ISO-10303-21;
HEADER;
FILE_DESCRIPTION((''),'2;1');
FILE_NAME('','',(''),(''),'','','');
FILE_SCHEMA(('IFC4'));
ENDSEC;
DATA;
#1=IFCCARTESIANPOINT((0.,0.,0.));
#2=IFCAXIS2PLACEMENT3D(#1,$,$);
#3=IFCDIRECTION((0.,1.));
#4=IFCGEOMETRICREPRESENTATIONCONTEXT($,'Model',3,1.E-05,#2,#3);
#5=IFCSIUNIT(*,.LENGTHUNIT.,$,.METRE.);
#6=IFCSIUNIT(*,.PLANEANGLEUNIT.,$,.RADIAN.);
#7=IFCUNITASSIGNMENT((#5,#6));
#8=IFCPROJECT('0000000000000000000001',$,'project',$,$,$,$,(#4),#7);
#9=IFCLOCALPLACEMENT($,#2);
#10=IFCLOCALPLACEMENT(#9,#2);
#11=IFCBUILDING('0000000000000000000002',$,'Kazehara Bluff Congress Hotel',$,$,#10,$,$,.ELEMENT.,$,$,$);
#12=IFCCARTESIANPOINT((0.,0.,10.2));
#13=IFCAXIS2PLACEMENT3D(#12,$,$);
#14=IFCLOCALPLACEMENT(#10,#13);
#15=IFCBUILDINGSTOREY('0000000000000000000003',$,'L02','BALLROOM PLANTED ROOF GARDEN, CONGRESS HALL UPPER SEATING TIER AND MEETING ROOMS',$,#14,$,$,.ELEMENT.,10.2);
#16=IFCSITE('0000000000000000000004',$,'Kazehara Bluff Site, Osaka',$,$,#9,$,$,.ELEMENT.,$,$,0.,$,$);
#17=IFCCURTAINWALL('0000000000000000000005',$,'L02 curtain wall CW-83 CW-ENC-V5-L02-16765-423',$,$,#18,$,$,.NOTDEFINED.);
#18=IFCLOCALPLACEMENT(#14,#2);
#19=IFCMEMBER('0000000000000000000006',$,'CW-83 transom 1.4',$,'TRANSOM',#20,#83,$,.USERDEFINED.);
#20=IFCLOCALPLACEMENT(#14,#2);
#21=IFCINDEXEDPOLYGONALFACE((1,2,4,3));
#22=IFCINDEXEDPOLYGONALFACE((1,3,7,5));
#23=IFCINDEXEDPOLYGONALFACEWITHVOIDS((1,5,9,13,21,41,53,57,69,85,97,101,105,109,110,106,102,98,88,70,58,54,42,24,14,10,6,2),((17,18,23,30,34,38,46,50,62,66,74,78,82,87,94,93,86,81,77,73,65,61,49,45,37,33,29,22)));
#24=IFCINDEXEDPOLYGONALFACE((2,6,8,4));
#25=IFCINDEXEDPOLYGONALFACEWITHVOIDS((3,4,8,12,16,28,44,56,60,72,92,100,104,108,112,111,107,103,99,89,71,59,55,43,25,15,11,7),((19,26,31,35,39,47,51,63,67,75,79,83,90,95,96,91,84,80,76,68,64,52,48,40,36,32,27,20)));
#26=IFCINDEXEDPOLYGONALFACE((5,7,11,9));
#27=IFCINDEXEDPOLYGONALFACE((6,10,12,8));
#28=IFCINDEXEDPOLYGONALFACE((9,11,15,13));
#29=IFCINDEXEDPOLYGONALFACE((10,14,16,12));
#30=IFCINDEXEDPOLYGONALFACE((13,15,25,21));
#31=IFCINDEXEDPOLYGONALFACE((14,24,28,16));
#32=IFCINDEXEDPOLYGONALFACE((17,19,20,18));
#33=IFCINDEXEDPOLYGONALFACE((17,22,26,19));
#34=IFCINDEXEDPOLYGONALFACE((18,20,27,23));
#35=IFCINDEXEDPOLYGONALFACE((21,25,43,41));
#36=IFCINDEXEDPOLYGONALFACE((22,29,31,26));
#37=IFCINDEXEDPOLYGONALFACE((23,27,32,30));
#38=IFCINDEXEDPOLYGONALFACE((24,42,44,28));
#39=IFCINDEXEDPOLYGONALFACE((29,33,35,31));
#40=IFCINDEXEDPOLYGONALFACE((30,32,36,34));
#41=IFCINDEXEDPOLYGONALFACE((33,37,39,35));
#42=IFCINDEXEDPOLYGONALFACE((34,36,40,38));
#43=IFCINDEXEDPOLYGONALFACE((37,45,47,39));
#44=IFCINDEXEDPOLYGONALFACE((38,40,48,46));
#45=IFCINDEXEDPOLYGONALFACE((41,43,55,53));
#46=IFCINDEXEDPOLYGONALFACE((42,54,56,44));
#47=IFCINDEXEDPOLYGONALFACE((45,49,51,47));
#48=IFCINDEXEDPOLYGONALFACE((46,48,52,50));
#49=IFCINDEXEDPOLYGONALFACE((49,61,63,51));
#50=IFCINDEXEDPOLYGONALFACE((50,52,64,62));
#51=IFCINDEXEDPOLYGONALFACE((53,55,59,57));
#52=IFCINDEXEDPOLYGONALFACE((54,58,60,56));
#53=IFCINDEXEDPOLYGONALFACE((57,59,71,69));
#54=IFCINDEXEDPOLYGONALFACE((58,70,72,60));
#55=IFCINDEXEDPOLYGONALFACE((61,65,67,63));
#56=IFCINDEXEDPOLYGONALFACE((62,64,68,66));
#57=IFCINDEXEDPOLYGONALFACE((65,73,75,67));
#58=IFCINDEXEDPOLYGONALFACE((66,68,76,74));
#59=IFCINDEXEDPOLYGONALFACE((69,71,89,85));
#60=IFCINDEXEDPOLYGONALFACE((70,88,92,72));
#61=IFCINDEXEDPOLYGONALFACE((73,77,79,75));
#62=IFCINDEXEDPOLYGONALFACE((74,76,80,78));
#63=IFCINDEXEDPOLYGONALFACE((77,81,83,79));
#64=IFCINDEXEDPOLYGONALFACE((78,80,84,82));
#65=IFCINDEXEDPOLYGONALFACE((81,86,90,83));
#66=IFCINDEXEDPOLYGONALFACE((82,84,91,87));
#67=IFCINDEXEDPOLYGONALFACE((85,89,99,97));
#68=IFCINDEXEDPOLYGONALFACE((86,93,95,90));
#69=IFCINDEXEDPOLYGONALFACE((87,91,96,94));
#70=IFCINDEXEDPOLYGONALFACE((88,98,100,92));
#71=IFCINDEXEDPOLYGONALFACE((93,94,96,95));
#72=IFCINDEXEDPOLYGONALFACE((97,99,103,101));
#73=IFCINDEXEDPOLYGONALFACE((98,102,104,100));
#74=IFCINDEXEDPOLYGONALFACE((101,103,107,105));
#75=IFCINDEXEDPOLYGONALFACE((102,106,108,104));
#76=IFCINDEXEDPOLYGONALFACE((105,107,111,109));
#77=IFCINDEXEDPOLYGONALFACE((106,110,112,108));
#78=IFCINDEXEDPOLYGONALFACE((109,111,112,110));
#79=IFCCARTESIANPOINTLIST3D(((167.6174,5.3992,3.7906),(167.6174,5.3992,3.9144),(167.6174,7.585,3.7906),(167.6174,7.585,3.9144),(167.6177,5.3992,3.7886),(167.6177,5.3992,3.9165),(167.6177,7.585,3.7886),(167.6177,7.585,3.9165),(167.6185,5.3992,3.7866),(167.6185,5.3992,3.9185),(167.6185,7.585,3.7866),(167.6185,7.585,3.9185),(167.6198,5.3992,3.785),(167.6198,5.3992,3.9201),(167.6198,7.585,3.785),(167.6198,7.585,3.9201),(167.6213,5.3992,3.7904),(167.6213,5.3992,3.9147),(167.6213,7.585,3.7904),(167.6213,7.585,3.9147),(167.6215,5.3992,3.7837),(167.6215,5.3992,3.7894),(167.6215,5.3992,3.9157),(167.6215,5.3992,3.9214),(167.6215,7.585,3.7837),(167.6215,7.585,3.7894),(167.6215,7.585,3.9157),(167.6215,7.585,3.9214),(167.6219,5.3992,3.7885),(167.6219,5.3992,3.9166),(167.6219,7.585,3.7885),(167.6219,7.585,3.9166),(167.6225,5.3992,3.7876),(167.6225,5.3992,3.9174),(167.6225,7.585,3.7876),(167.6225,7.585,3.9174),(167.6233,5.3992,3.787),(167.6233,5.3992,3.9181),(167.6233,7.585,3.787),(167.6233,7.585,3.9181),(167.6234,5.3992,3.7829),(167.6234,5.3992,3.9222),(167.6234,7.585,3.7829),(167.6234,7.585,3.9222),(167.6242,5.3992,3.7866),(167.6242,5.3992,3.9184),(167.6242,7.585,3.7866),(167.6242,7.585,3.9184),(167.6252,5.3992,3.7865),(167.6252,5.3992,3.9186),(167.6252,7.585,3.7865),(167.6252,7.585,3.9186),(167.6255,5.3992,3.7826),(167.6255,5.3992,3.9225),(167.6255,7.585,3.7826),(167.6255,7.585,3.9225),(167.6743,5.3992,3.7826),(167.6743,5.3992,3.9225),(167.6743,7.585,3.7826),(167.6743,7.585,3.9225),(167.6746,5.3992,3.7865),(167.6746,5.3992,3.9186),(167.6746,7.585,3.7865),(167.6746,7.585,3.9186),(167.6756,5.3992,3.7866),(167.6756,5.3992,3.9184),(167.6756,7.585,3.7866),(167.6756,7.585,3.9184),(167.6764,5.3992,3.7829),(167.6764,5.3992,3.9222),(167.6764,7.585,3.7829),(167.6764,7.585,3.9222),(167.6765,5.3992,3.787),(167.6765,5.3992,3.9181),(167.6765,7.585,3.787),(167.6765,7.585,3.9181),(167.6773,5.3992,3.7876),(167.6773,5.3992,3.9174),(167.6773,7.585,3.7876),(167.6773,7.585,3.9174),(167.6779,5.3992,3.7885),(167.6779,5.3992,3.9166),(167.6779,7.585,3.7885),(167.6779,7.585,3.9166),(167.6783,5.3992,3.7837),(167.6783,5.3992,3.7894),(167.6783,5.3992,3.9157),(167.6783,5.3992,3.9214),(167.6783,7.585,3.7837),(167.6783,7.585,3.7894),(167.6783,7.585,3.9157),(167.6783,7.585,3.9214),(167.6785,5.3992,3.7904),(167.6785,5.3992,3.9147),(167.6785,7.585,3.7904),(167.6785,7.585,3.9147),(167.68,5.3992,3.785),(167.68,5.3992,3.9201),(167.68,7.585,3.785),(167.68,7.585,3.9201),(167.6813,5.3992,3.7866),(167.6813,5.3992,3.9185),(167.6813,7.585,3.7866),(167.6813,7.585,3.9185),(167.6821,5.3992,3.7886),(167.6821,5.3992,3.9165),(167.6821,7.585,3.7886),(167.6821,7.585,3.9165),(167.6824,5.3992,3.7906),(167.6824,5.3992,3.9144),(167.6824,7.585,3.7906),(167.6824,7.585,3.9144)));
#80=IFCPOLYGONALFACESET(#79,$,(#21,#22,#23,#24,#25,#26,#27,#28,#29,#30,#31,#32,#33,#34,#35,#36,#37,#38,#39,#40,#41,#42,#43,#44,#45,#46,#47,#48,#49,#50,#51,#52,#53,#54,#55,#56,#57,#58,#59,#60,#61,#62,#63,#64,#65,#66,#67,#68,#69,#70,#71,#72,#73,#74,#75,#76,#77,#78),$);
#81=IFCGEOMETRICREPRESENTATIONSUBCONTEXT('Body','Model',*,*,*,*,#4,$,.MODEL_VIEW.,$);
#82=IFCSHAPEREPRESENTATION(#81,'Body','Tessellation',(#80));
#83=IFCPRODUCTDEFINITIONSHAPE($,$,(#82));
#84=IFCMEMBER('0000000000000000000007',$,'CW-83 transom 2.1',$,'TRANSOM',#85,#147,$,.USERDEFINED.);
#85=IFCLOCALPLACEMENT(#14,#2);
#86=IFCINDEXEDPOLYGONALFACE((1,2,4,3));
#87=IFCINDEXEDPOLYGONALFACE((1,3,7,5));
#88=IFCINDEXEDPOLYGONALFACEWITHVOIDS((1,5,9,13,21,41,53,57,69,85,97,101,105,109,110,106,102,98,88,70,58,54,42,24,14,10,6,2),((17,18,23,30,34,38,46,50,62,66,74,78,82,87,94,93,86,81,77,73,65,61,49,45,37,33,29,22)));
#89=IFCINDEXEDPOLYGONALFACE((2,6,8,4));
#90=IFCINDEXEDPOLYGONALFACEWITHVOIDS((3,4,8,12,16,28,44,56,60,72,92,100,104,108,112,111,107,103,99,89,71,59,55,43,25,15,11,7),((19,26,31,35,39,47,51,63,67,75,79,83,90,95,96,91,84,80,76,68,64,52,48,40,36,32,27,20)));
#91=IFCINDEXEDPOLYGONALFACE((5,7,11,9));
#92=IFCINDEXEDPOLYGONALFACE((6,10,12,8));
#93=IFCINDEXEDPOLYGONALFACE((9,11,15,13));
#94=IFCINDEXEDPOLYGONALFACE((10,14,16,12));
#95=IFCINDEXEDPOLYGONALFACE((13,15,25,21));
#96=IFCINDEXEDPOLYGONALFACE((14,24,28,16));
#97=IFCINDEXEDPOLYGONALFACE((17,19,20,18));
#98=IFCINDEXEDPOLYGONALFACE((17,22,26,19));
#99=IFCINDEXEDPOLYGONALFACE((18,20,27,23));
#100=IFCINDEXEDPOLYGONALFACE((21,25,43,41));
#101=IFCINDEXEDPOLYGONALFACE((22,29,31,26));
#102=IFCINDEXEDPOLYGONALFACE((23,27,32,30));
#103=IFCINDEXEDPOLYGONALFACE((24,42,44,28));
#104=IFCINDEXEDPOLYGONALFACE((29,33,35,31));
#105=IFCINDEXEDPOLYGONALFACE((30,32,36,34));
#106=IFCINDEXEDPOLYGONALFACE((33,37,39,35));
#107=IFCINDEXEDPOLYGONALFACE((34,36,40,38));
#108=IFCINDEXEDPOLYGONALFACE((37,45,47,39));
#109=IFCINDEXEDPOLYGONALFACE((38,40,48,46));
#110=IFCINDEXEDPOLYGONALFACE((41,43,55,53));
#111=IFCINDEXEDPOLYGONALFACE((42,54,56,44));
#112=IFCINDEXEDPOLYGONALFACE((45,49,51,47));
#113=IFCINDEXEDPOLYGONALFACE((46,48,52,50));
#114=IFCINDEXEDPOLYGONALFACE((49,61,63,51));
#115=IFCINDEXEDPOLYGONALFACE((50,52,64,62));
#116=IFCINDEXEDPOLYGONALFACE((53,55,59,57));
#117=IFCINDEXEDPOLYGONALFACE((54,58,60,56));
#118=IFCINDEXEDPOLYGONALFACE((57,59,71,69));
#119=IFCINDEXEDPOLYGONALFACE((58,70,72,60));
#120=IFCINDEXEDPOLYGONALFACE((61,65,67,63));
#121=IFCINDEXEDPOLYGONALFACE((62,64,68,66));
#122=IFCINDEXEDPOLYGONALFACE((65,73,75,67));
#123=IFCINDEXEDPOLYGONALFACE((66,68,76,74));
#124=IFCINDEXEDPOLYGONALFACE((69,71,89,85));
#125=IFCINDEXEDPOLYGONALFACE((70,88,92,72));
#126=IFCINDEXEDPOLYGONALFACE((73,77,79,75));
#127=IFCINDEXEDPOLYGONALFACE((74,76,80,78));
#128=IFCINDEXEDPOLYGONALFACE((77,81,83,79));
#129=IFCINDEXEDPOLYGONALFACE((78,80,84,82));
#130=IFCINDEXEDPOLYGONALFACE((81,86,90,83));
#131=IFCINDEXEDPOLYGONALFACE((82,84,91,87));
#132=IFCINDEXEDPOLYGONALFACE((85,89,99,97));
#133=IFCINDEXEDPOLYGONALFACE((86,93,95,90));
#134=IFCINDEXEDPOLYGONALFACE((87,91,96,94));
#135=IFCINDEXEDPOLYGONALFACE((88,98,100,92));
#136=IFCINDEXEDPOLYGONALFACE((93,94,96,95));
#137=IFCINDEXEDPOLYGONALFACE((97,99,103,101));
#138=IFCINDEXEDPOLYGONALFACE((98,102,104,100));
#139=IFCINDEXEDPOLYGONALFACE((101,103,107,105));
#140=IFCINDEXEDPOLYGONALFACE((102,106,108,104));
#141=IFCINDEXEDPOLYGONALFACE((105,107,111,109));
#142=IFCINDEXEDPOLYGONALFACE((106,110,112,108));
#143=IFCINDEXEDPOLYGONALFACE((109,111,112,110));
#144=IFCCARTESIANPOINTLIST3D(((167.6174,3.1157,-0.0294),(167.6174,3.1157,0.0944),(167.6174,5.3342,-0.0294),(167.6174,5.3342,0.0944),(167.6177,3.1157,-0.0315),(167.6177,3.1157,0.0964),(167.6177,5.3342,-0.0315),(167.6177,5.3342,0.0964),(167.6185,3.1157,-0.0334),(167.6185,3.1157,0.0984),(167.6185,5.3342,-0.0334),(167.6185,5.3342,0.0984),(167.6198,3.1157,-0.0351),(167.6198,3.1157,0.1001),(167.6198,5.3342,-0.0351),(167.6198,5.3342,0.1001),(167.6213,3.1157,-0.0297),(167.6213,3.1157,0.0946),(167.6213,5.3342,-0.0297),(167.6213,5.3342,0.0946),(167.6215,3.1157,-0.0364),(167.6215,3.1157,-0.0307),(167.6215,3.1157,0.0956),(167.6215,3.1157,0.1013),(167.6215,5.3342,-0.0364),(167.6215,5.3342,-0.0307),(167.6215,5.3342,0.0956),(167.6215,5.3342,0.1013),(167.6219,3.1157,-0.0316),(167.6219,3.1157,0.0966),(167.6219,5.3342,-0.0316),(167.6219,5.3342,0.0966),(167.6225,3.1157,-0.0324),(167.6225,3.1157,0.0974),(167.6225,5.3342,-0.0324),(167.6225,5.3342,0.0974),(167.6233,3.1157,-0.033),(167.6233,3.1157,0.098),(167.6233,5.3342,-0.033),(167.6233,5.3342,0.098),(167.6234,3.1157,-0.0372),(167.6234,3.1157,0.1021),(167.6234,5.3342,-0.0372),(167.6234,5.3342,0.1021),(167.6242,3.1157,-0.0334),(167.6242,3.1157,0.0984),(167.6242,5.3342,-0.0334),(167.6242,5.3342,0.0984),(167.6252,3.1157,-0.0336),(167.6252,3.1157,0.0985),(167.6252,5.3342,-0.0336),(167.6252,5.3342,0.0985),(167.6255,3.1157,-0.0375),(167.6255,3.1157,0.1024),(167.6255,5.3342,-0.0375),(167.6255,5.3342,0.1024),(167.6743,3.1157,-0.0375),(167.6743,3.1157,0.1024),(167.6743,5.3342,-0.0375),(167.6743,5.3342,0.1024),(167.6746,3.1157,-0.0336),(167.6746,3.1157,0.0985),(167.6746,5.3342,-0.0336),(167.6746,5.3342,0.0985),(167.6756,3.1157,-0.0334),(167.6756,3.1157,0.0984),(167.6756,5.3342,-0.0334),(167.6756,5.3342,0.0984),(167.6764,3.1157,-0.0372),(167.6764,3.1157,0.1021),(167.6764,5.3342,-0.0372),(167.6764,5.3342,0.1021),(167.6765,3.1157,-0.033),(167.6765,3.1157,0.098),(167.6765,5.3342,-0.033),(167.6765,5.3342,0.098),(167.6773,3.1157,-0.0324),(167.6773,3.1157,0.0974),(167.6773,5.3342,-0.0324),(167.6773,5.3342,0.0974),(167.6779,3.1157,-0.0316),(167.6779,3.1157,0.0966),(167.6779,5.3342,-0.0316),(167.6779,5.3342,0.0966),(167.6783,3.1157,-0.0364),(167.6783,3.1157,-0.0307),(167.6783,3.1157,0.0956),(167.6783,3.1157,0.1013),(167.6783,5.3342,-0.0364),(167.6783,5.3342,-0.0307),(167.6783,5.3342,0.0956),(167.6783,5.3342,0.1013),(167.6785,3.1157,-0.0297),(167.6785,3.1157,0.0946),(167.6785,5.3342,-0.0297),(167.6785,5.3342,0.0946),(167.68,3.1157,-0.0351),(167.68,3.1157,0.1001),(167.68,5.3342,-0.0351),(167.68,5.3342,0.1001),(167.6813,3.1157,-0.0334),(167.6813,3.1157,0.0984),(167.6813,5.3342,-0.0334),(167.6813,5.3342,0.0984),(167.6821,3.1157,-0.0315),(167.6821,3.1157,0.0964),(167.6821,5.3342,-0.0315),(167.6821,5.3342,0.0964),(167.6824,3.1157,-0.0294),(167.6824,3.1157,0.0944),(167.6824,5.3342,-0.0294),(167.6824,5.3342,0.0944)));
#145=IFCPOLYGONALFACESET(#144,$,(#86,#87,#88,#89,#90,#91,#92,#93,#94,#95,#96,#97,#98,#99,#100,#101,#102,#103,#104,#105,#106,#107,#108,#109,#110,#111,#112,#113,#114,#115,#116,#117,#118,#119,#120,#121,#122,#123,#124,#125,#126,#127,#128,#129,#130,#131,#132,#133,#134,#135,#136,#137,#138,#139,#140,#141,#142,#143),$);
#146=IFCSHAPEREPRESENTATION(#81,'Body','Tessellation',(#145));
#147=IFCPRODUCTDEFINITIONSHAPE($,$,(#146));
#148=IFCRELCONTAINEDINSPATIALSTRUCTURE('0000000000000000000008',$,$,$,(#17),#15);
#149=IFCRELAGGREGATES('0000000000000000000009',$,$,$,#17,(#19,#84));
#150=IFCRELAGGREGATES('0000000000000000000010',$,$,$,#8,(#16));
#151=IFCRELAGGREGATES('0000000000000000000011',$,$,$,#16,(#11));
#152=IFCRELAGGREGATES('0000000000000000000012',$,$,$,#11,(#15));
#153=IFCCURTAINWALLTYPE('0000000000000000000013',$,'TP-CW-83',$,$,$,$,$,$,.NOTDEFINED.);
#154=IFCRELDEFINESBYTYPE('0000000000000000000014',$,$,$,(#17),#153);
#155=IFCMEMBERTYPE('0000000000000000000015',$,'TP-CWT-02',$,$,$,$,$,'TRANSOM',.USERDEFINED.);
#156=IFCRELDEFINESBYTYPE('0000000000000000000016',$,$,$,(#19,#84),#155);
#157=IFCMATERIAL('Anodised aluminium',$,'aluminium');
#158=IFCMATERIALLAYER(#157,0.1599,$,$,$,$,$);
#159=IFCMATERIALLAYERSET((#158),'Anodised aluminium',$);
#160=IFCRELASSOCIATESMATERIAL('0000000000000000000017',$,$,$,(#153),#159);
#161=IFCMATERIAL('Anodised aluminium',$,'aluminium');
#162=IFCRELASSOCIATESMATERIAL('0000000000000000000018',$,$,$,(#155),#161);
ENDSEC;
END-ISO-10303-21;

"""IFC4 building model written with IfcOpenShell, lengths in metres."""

from ifc_helpers import new_model, si_unit, direction, frame, origin, origin_2d, place, context, subcontext, project, spatial, hollow_rectangle, extrude, material, layer, layer_set, material_profile, profile_set, type_object, element, aggregate, save


model = new_model("IFC4")

# Units and contexts
model_context = context("Model", 3, precision=1e-05, world=origin(), true_north=direction((0.0, 1.0)))
body_context = subcontext(model_context, "Body", "Model", "MODEL_VIEW")
ifc_project = project(units=[si_unit("LENGTHUNIT", "METRE"), si_unit("PLANEANGLEUNIT", "RADIAN")], contexts=[model_context])

# Site, building, storey
site_placement = place(None, origin())
site = spatial("IfcSite", under=ifc_project, at=site_placement, Name="Kazehara Bluff Site, Osaka", CompositionType="ELEMENT", RefElevation=0.0)
building_placement = place(site_placement, origin())
building = spatial("IfcBuilding", under=site, at=building_placement, Name="Kazehara Bluff Congress Hotel", CompositionType="ELEMENT")
storey_placement = place(building_placement, frame((0.0, 0.0, 10.2)))
storey = spatial("IfcBuildingStorey", under=building, at=storey_placement, Name="L02", Description="BALLROOM PLANTED ROOF GARDEN, CONGRESS HALL UPPER SEATING TIER AND MEETING ROOMS", CompositionType="ELEMENT", Elevation=10.2)

# Curtain wall, members
ifc_material_1 = material(Name="Anodised aluminium", Category="aluminium")
ifc_layer_1 = layer(ifc_material_1, 0.1599)
ifc_layer_set_1 = layer_set([ifc_layer_1], Name="Anodised aluminium")
curtain_wall_type = type_object("IfcCurtainWallType", Name="TP-CW-83", PredefinedType="NOTDEFINED", material=ifc_layer_set_1)
curtain_wall_placement = place(storey_placement, origin())
curtain_wall = element("IfcCurtainWall", 1, at=curtain_wall_placement, inside=storey, type_object=curtain_wall_type, Name="L02 curtain wall CW-83 CW-ENC-V5-L02-16765-423", PredefinedType="NOTDEFINED")
ifc_material_2 = material(Name="Anodised aluminium", Category="aluminium")
ifc_material_profile_1 = material_profile(ifc_material_2, hollow_rectangle(XDim=0.0649, YDim=0.1399, WallThickness=0.0039, InnerFilletRadius=0.0039, OuterFilletRadius=0.0081, at=origin_2d()))
ifc_profile_set_1 = profile_set([ifc_material_profile_1], Name="Anodised aluminium")
member_type_1 = type_object("IfcMemberType", Name="TP-CWT-02", ElementType="TRANSOM", PredefinedType="USERDEFINED", material=ifc_profile_set_1)
member_1_placement = place(storey_placement, frame((167.6499, 7.585, 3.8525), z_axis=(0.0, -1.0, 0.0), x_axis=(1.0, 0.0, 0.0)))
member_1 = element("IfcMember", 2, at=member_1_placement, type_object=member_type_1, Name="CW-83 transom 1.4", ObjectType="TRANSOM", PredefinedType="USERDEFINED", context=body_context, shape_type="SweptSolid", body=[
    extrude(hollow_rectangle(XDim=0.0649, YDim=0.1399, WallThickness=0.0039, InnerFilletRadius=0.0039, OuterFilletRadius=0.0081, at=origin_2d()), origin(), (0.0, 0.0, 1.0), 2.1858),
])
member_2_placement = place(storey_placement, frame((167.6499, 5.3342, 0.0325), z_axis=(0.0, -1.0, 0.0), x_axis=(1.0, 0.0, 0.0)))
member_2 = element("IfcMember", 3, at=member_2_placement, type_object=member_type_1, Name="CW-83 transom 2.1", ObjectType="TRANSOM", PredefinedType="USERDEFINED", context=body_context, shape_type="SweptSolid", body=[
    extrude(hollow_rectangle(XDim=0.0649, YDim=0.1399, WallThickness=0.0039, InnerFilletRadius=0.0039, OuterFilletRadius=0.0081, at=origin_2d()), origin(), (0.0, 0.0, 1.0), 2.2185),
])

aggregate(curtain_wall, [member_1, member_2])

save(model, "model.ifc")
